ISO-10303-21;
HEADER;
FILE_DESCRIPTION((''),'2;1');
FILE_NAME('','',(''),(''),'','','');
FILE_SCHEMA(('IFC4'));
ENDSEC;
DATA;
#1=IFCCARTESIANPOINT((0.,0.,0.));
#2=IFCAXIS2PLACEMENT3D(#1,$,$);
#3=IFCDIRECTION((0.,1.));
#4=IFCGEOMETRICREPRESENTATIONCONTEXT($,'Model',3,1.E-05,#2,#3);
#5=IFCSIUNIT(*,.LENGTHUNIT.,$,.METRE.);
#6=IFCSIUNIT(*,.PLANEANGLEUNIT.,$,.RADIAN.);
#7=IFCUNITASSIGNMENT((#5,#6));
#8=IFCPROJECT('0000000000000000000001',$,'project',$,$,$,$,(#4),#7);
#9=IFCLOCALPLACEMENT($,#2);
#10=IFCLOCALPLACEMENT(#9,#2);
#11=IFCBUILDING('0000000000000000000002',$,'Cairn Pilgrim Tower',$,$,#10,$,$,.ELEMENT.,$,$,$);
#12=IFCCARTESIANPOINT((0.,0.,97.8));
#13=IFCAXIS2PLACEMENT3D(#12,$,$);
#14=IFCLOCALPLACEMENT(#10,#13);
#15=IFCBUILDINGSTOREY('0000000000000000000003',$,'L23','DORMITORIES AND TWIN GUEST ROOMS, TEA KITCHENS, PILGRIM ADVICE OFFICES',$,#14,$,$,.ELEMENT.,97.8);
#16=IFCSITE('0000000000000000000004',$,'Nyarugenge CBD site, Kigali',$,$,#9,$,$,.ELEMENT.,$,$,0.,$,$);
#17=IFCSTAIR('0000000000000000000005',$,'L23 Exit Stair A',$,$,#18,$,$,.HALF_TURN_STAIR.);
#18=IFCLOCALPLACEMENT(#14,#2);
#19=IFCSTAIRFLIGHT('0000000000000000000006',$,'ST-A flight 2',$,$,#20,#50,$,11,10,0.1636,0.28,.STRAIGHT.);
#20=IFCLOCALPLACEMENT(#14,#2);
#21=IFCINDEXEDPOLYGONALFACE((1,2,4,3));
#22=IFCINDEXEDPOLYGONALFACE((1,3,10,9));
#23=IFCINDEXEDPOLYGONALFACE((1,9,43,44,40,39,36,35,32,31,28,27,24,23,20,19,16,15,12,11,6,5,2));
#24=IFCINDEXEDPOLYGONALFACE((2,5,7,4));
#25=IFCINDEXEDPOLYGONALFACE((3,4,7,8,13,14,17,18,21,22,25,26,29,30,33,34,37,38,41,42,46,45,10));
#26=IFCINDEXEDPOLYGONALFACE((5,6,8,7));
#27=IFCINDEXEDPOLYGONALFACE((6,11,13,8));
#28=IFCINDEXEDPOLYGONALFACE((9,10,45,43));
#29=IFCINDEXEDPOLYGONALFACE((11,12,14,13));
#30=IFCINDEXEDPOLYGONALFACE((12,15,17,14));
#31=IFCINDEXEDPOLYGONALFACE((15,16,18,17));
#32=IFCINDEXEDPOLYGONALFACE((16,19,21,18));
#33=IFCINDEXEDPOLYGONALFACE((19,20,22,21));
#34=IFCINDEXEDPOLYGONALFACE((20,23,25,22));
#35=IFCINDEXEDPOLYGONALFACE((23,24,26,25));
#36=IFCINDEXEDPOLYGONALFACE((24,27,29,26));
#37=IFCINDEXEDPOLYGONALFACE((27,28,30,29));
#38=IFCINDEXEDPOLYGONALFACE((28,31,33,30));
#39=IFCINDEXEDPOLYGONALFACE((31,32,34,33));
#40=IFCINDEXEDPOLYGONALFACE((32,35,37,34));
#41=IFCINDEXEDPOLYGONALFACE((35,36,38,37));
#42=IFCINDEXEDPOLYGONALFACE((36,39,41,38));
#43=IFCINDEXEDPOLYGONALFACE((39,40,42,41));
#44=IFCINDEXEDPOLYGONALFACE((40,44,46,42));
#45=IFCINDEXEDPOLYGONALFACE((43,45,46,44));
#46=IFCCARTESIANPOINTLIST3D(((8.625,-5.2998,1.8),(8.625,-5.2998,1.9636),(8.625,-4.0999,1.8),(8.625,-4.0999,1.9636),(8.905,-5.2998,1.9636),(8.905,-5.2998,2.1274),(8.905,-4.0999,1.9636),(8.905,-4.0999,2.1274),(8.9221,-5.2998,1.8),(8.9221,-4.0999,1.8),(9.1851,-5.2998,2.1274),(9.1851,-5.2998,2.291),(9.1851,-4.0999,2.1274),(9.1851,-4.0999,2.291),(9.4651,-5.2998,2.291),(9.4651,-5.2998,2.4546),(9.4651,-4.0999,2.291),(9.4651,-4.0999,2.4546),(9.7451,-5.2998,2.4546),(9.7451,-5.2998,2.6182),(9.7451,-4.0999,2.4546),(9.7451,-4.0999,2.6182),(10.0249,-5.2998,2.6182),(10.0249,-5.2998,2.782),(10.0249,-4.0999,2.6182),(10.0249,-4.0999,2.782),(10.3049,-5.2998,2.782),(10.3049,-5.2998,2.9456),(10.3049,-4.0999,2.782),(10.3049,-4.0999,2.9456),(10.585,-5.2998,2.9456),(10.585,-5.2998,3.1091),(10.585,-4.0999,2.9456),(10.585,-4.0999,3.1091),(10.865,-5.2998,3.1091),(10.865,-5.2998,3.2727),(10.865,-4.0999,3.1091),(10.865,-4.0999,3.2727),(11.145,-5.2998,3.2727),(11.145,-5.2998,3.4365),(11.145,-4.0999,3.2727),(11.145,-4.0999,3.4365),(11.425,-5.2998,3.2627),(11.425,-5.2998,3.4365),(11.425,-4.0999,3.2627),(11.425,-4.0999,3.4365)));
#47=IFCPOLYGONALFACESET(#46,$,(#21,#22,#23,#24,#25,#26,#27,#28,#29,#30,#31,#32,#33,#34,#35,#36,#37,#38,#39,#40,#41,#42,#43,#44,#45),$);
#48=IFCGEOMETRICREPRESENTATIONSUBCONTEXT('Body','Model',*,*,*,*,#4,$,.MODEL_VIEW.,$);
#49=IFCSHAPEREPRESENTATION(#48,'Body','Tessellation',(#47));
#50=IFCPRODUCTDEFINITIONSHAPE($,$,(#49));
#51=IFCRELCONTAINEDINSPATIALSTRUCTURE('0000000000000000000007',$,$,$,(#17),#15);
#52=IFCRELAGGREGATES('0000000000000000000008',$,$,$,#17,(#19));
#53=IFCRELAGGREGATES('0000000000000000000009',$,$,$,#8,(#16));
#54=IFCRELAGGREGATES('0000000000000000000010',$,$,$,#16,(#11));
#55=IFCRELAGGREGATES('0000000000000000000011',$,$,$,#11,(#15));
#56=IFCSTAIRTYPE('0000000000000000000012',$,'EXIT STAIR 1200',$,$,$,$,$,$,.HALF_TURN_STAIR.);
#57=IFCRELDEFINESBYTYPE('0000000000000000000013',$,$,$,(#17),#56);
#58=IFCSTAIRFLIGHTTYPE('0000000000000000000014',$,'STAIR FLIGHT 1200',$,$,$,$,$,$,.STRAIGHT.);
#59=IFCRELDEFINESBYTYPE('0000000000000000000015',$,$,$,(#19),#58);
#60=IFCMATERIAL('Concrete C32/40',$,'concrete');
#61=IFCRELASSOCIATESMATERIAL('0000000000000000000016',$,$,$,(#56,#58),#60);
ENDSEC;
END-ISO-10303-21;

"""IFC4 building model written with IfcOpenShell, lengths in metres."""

from ifc_helpers import new_model, si_unit, direction, frame, origin, place, context, subcontext, project, spatial, polyline, outline, extrude, material, type_object, element, aggregate, save


model = new_model("IFC4")

# Units and contexts
model_context = context("Model", 3, precision=1e-05, world=origin(), true_north=direction((0.0, 1.0)))
body_context = subcontext(model_context, "Body", "Model", "MODEL_VIEW")
ifc_project = project(units=[si_unit("LENGTHUNIT", "METRE"), si_unit("PLANEANGLEUNIT", "RADIAN")], contexts=[model_context])

# Site, building, storey
site_placement = place(None, origin())
site = spatial("IfcSite", under=ifc_project, at=site_placement, Name="Nyarugenge CBD site, Kigali", CompositionType="ELEMENT", RefElevation=0.0)
building_placement = place(site_placement, origin())
building = spatial("IfcBuilding", under=site, at=building_placement, Name="Cairn Pilgrim Tower", CompositionType="ELEMENT")
storey_placement = place(building_placement, frame((0.0, 0.0, 97.8)))
storey = spatial("IfcBuildingStorey", under=building, at=storey_placement, Name="L23", Description="DORMITORIES AND TWIN GUEST ROOMS, TEA KITCHENS, PILGRIM ADVICE OFFICES", CompositionType="ELEMENT", Elevation=97.8)

# Shared definitions
ifc_material_1 = material(Name="Concrete C32/40", Category="concrete")

# Stair, stair flight
stair_type = type_object("IfcStairType", Name="EXIT STAIR 1200", PredefinedType="HALF_TURN_STAIR", material=ifc_material_1)
stair_placement = place(storey_placement, origin())
stair = element("IfcStair", 1, at=stair_placement, inside=storey, type_object=stair_type, Name="L23 Exit Stair A", PredefinedType="HALF_TURN_STAIR")
stair_flight_type = type_object("IfcStairFlightType", Name="STAIR FLIGHT 1200", PredefinedType="STRAIGHT", material=ifc_material_1)
stair_flight_1_placement = place(storey_placement, frame((8.625, -4.7, 1.8), z_axis=(0.0, 0.0, 1.0), x_axis=(1.0, 0.0, 0.0)))
stair_flight_1 = element("IfcStairFlight", 2, at=stair_flight_1_placement, type_object=stair_flight_type, Name="ST-A flight 2", NumberOfRisers=11, NumberOfTreads=10, PredefinedType="STRAIGHT", RiserHeight=0.1636, TreadLength=0.28, context=body_context, shape_type="SweptSolid", body=[
    extrude(outline(polyline([(0.0, 0.0), (0.0, 0.1636), (0.28, 0.1636), (0.28, 0.3274), (0.5601, 0.3274), (0.5601, 0.491), (0.8401, 0.491), (0.8401, 0.6545), (1.1201, 0.6545), (1.1201, 0.8181), (1.3999, 0.8181), (1.3999, 0.9819), (1.6799, 0.9819), (1.6799, 1.1455), (1.96, 1.1455), (1.96, 1.3091), (2.24, 1.3091), (2.24, 1.4727), (2.52, 1.4727), (2.52, 1.6365), (2.8, 1.6365), (2.8, 1.8), (2.8, 1.4626), (0.2971, 0.0), (0.0, 0.0)])), frame((0.0, 0.6001, 0.0), z_axis=(0.0, -1.0, 0.0), x_axis=(1.0, 0.0, 0.0)), (0.0, 0.0, 1.0), 1.2),
])
aggregate(stair, [stair_flight_1])

save(model, "model.ifc")
